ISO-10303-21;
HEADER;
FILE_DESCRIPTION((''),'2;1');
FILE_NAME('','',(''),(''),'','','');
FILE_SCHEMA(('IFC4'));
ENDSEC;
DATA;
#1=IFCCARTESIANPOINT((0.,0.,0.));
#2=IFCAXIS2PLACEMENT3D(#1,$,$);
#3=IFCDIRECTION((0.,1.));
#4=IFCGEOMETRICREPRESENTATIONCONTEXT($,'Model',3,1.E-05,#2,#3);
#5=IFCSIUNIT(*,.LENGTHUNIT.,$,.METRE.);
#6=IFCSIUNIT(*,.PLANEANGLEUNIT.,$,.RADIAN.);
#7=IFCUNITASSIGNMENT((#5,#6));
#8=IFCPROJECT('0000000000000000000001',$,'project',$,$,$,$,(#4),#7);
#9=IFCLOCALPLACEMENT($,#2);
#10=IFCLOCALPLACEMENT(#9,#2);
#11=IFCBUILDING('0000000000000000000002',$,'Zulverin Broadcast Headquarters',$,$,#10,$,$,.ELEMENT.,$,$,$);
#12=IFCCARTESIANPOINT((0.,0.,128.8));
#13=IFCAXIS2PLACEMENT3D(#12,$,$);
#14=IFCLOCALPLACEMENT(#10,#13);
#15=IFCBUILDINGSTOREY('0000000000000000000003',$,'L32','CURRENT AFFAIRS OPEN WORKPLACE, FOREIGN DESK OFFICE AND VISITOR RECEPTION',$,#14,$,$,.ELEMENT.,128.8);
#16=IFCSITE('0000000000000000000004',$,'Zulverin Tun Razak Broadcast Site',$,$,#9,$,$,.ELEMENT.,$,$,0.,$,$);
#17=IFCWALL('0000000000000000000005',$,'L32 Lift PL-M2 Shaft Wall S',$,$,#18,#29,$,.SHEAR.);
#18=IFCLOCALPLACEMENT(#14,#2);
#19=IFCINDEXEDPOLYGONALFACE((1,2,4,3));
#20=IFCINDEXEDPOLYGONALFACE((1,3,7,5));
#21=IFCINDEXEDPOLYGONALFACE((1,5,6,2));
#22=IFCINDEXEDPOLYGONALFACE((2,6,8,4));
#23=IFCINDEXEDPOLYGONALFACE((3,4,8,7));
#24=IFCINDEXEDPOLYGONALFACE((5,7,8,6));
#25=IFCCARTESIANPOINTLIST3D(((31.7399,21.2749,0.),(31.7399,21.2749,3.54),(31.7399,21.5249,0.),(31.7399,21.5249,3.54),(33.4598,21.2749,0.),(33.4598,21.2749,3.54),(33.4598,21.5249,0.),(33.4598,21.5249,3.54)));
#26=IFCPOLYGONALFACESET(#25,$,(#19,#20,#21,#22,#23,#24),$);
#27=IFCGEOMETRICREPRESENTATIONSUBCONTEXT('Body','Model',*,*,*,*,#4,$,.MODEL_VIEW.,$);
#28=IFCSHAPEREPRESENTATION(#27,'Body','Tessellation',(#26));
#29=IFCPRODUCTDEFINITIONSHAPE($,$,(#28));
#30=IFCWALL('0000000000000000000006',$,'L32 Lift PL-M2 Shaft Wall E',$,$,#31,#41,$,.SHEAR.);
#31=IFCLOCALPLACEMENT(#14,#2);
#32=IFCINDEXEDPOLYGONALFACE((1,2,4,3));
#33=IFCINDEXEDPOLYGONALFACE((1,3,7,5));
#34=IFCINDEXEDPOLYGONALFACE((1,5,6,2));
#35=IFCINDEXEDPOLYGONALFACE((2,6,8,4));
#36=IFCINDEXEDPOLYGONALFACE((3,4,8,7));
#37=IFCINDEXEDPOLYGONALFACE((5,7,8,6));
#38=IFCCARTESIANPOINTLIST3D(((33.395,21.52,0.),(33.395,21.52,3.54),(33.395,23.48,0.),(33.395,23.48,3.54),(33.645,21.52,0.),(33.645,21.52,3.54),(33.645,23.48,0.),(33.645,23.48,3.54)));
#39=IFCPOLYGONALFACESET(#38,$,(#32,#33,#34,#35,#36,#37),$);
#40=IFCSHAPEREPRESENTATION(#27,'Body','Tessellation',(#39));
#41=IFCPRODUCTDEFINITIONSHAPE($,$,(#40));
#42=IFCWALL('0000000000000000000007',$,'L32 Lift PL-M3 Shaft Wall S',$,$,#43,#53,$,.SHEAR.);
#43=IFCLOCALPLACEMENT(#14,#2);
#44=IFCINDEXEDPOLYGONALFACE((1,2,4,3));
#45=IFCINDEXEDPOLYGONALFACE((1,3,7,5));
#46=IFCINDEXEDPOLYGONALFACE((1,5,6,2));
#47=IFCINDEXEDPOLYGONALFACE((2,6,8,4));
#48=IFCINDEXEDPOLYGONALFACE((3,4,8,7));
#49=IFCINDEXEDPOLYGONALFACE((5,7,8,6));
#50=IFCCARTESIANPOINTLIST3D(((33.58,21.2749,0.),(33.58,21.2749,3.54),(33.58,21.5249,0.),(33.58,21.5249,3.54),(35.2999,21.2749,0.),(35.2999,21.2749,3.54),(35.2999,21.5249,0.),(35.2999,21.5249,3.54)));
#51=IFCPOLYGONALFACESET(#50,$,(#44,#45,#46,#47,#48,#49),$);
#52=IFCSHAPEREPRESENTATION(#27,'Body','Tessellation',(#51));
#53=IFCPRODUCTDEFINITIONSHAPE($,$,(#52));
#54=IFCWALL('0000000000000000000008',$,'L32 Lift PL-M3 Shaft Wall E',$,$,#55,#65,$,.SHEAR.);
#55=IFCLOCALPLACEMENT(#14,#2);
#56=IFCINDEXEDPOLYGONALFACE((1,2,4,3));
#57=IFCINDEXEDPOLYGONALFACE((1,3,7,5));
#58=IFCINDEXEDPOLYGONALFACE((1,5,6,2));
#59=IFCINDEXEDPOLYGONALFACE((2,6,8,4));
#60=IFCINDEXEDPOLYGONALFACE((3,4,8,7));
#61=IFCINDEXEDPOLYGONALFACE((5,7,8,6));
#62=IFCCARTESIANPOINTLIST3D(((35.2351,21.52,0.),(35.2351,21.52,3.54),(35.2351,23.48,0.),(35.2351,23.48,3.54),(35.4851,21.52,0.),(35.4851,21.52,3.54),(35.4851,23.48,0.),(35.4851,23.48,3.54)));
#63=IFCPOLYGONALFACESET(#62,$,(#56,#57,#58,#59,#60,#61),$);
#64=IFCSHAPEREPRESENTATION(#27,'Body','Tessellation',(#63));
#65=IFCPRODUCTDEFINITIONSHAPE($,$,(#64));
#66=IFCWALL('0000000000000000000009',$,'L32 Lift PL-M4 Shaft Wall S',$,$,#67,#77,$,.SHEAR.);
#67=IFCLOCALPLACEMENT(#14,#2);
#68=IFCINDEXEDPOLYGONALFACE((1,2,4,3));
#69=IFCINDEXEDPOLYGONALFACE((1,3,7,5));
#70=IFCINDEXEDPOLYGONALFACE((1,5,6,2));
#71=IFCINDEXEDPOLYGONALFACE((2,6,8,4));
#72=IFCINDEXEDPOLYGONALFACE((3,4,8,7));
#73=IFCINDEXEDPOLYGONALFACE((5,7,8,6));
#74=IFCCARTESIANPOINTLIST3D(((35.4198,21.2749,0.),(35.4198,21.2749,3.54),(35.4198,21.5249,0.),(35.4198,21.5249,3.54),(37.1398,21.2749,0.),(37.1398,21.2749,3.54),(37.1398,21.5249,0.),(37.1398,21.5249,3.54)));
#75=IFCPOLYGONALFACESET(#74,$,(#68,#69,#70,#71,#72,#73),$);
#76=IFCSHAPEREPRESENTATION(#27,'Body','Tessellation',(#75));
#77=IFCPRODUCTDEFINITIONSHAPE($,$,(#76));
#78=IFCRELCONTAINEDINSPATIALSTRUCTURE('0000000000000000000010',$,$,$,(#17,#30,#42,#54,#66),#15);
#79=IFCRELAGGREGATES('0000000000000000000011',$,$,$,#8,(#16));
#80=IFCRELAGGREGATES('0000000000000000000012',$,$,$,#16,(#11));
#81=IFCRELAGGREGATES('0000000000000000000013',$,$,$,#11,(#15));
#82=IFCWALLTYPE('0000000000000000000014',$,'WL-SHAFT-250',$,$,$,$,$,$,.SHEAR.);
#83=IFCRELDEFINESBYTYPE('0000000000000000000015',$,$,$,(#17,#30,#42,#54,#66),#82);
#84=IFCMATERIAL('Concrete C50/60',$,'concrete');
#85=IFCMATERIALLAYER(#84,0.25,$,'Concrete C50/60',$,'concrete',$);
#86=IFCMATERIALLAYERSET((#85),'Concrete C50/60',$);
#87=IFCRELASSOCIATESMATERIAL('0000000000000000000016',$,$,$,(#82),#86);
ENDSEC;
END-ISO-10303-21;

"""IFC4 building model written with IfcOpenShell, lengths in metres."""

from ifc_helpers import new_model, si_unit, direction, frame, frame_2d, origin, place, context, subcontext, project, spatial, rectangle, extrude, material, layer, layer_set, type_object, element, save


model = new_model("IFC4")

# Units and contexts
model_context = context("Model", 3, precision=1e-05, world=origin(), true_north=direction((0.0, 1.0)))
body_context = subcontext(model_context, "Body", "Model", "MODEL_VIEW")
ifc_project = project(units=[si_unit("LENGTHUNIT", "METRE"), si_unit("PLANEANGLEUNIT", "RADIAN")], contexts=[model_context])

# Site, building, storey
site_placement = place(None, origin())
site = spatial("IfcSite", under=ifc_project, at=site_placement, Name="Zulverin Tun Razak Broadcast Site", CompositionType="ELEMENT", RefElevation=0.0)
building_placement = place(site_placement, origin())
building = spatial("IfcBuilding", under=site, at=building_placement, Name="Zulverin Broadcast Headquarters", CompositionType="ELEMENT")
storey_placement = place(building_placement, frame((0.0, 0.0, 128.8)))
storey = spatial("IfcBuildingStorey", under=building, at=storey_placement, Name="L32", Description="CURRENT AFFAIRS OPEN WORKPLACE, FOREIGN DESK OFFICE AND VISITOR RECEPTION", CompositionType="ELEMENT", Elevation=128.8)

# Shared definitions
ifc_material_1 = material(Name="Concrete C50/60", Category="concrete")

# Shared definitions
ifc_layer_1 = layer(ifc_material_1, 0.25, Name="Concrete C50/60", Category="concrete")
ifc_layer_set_1 = layer_set([ifc_layer_1], Name="Concrete C50/60")
wall_type_1 = type_object("IfcWallType", Name="WL-SHAFT-250", PredefinedType="SHEAR", material=ifc_layer_set_1)

# Wall
wall_1_placement = place(storey_placement, frame((31.74, 21.3999, 0.0), z_axis=(0.0, 0.0, 1.0), x_axis=(1.0, 0.0, 0.0)))
element("IfcWall", 1, at=wall_1_placement, inside=storey, type_object=wall_type_1, Name="L32 Lift PL-M2 Shaft Wall S", PredefinedType="SHEAR", context=body_context, shape_type="SweptSolid", body=[
    extrude(rectangle(XDim=1.72, YDim=0.25, at=frame_2d((0.8599, 0.0))), origin(), (0.0, 0.0, 1.0), 3.54),
])

# Walls
wall_2_placement = place(storey_placement, frame((33.52, 21.52, 0.0), z_axis=(0.0, 0.0, 1.0), x_axis=(0.0, 1.0, 0.0)))
element("IfcWall", 2, at=wall_2_placement, inside=storey, type_object=wall_type_1, Name="L32 Lift PL-M2 Shaft Wall E", PredefinedType="SHEAR", context=body_context, shape_type="SweptSolid", body=[
    extrude(rectangle(XDim=1.96, YDim=0.25, at=frame_2d((0.98, 0.0))), origin(), (0.0, 0.0, 1.0), 3.54),
])
wall_3_placement = place(storey_placement, frame((33.5801, 21.3999, 0.0), z_axis=(0.0, 0.0, 1.0), x_axis=(1.0, 0.0, 0.0)))
element("IfcWall", 3, at=wall_3_placement, inside=storey, type_object=wall_type_1, Name="L32 Lift PL-M3 Shaft Wall S", PredefinedType="SHEAR", context=body_context, shape_type="SweptSolid", body=[
    extrude(rectangle(XDim=1.72, YDim=0.25, at=frame_2d((0.8599, 0.0))), origin(), (0.0, 0.0, 1.0), 3.54),
])

# Walls
wall_4_placement = place(storey_placement, frame((35.3601, 21.52, 0.0), z_axis=(0.0, 0.0, 1.0), x_axis=(0.0, 1.0, 0.0)))
element("IfcWall", 4, at=wall_4_placement, inside=storey, type_object=wall_type_1, Name="L32 Lift PL-M3 Shaft Wall E", PredefinedType="SHEAR", context=body_context, shape_type="SweptSolid", body=[
    extrude(rectangle(XDim=1.96, YDim=0.25, at=frame_2d((0.98, 0.0))), origin(), (0.0, 0.0, 1.0), 3.54),
])
wall_5_placement = place(storey_placement, frame((35.4199, 21.3999, 0.0), z_axis=(0.0, 0.0, 1.0), x_axis=(1.0, 0.0, 0.0)))
element("IfcWall", 5, at=wall_5_placement, inside=storey, type_object=wall_type_1, Name="L32 Lift PL-M4 Shaft Wall S", PredefinedType="SHEAR", context=body_context, shape_type="SweptSolid", body=[
    extrude(rectangle(XDim=1.72, YDim=0.25, at=frame_2d((0.8599, 0.0))), origin(), (0.0, 0.0, 1.0), 3.54),
])

save(model, "model.ifc")
